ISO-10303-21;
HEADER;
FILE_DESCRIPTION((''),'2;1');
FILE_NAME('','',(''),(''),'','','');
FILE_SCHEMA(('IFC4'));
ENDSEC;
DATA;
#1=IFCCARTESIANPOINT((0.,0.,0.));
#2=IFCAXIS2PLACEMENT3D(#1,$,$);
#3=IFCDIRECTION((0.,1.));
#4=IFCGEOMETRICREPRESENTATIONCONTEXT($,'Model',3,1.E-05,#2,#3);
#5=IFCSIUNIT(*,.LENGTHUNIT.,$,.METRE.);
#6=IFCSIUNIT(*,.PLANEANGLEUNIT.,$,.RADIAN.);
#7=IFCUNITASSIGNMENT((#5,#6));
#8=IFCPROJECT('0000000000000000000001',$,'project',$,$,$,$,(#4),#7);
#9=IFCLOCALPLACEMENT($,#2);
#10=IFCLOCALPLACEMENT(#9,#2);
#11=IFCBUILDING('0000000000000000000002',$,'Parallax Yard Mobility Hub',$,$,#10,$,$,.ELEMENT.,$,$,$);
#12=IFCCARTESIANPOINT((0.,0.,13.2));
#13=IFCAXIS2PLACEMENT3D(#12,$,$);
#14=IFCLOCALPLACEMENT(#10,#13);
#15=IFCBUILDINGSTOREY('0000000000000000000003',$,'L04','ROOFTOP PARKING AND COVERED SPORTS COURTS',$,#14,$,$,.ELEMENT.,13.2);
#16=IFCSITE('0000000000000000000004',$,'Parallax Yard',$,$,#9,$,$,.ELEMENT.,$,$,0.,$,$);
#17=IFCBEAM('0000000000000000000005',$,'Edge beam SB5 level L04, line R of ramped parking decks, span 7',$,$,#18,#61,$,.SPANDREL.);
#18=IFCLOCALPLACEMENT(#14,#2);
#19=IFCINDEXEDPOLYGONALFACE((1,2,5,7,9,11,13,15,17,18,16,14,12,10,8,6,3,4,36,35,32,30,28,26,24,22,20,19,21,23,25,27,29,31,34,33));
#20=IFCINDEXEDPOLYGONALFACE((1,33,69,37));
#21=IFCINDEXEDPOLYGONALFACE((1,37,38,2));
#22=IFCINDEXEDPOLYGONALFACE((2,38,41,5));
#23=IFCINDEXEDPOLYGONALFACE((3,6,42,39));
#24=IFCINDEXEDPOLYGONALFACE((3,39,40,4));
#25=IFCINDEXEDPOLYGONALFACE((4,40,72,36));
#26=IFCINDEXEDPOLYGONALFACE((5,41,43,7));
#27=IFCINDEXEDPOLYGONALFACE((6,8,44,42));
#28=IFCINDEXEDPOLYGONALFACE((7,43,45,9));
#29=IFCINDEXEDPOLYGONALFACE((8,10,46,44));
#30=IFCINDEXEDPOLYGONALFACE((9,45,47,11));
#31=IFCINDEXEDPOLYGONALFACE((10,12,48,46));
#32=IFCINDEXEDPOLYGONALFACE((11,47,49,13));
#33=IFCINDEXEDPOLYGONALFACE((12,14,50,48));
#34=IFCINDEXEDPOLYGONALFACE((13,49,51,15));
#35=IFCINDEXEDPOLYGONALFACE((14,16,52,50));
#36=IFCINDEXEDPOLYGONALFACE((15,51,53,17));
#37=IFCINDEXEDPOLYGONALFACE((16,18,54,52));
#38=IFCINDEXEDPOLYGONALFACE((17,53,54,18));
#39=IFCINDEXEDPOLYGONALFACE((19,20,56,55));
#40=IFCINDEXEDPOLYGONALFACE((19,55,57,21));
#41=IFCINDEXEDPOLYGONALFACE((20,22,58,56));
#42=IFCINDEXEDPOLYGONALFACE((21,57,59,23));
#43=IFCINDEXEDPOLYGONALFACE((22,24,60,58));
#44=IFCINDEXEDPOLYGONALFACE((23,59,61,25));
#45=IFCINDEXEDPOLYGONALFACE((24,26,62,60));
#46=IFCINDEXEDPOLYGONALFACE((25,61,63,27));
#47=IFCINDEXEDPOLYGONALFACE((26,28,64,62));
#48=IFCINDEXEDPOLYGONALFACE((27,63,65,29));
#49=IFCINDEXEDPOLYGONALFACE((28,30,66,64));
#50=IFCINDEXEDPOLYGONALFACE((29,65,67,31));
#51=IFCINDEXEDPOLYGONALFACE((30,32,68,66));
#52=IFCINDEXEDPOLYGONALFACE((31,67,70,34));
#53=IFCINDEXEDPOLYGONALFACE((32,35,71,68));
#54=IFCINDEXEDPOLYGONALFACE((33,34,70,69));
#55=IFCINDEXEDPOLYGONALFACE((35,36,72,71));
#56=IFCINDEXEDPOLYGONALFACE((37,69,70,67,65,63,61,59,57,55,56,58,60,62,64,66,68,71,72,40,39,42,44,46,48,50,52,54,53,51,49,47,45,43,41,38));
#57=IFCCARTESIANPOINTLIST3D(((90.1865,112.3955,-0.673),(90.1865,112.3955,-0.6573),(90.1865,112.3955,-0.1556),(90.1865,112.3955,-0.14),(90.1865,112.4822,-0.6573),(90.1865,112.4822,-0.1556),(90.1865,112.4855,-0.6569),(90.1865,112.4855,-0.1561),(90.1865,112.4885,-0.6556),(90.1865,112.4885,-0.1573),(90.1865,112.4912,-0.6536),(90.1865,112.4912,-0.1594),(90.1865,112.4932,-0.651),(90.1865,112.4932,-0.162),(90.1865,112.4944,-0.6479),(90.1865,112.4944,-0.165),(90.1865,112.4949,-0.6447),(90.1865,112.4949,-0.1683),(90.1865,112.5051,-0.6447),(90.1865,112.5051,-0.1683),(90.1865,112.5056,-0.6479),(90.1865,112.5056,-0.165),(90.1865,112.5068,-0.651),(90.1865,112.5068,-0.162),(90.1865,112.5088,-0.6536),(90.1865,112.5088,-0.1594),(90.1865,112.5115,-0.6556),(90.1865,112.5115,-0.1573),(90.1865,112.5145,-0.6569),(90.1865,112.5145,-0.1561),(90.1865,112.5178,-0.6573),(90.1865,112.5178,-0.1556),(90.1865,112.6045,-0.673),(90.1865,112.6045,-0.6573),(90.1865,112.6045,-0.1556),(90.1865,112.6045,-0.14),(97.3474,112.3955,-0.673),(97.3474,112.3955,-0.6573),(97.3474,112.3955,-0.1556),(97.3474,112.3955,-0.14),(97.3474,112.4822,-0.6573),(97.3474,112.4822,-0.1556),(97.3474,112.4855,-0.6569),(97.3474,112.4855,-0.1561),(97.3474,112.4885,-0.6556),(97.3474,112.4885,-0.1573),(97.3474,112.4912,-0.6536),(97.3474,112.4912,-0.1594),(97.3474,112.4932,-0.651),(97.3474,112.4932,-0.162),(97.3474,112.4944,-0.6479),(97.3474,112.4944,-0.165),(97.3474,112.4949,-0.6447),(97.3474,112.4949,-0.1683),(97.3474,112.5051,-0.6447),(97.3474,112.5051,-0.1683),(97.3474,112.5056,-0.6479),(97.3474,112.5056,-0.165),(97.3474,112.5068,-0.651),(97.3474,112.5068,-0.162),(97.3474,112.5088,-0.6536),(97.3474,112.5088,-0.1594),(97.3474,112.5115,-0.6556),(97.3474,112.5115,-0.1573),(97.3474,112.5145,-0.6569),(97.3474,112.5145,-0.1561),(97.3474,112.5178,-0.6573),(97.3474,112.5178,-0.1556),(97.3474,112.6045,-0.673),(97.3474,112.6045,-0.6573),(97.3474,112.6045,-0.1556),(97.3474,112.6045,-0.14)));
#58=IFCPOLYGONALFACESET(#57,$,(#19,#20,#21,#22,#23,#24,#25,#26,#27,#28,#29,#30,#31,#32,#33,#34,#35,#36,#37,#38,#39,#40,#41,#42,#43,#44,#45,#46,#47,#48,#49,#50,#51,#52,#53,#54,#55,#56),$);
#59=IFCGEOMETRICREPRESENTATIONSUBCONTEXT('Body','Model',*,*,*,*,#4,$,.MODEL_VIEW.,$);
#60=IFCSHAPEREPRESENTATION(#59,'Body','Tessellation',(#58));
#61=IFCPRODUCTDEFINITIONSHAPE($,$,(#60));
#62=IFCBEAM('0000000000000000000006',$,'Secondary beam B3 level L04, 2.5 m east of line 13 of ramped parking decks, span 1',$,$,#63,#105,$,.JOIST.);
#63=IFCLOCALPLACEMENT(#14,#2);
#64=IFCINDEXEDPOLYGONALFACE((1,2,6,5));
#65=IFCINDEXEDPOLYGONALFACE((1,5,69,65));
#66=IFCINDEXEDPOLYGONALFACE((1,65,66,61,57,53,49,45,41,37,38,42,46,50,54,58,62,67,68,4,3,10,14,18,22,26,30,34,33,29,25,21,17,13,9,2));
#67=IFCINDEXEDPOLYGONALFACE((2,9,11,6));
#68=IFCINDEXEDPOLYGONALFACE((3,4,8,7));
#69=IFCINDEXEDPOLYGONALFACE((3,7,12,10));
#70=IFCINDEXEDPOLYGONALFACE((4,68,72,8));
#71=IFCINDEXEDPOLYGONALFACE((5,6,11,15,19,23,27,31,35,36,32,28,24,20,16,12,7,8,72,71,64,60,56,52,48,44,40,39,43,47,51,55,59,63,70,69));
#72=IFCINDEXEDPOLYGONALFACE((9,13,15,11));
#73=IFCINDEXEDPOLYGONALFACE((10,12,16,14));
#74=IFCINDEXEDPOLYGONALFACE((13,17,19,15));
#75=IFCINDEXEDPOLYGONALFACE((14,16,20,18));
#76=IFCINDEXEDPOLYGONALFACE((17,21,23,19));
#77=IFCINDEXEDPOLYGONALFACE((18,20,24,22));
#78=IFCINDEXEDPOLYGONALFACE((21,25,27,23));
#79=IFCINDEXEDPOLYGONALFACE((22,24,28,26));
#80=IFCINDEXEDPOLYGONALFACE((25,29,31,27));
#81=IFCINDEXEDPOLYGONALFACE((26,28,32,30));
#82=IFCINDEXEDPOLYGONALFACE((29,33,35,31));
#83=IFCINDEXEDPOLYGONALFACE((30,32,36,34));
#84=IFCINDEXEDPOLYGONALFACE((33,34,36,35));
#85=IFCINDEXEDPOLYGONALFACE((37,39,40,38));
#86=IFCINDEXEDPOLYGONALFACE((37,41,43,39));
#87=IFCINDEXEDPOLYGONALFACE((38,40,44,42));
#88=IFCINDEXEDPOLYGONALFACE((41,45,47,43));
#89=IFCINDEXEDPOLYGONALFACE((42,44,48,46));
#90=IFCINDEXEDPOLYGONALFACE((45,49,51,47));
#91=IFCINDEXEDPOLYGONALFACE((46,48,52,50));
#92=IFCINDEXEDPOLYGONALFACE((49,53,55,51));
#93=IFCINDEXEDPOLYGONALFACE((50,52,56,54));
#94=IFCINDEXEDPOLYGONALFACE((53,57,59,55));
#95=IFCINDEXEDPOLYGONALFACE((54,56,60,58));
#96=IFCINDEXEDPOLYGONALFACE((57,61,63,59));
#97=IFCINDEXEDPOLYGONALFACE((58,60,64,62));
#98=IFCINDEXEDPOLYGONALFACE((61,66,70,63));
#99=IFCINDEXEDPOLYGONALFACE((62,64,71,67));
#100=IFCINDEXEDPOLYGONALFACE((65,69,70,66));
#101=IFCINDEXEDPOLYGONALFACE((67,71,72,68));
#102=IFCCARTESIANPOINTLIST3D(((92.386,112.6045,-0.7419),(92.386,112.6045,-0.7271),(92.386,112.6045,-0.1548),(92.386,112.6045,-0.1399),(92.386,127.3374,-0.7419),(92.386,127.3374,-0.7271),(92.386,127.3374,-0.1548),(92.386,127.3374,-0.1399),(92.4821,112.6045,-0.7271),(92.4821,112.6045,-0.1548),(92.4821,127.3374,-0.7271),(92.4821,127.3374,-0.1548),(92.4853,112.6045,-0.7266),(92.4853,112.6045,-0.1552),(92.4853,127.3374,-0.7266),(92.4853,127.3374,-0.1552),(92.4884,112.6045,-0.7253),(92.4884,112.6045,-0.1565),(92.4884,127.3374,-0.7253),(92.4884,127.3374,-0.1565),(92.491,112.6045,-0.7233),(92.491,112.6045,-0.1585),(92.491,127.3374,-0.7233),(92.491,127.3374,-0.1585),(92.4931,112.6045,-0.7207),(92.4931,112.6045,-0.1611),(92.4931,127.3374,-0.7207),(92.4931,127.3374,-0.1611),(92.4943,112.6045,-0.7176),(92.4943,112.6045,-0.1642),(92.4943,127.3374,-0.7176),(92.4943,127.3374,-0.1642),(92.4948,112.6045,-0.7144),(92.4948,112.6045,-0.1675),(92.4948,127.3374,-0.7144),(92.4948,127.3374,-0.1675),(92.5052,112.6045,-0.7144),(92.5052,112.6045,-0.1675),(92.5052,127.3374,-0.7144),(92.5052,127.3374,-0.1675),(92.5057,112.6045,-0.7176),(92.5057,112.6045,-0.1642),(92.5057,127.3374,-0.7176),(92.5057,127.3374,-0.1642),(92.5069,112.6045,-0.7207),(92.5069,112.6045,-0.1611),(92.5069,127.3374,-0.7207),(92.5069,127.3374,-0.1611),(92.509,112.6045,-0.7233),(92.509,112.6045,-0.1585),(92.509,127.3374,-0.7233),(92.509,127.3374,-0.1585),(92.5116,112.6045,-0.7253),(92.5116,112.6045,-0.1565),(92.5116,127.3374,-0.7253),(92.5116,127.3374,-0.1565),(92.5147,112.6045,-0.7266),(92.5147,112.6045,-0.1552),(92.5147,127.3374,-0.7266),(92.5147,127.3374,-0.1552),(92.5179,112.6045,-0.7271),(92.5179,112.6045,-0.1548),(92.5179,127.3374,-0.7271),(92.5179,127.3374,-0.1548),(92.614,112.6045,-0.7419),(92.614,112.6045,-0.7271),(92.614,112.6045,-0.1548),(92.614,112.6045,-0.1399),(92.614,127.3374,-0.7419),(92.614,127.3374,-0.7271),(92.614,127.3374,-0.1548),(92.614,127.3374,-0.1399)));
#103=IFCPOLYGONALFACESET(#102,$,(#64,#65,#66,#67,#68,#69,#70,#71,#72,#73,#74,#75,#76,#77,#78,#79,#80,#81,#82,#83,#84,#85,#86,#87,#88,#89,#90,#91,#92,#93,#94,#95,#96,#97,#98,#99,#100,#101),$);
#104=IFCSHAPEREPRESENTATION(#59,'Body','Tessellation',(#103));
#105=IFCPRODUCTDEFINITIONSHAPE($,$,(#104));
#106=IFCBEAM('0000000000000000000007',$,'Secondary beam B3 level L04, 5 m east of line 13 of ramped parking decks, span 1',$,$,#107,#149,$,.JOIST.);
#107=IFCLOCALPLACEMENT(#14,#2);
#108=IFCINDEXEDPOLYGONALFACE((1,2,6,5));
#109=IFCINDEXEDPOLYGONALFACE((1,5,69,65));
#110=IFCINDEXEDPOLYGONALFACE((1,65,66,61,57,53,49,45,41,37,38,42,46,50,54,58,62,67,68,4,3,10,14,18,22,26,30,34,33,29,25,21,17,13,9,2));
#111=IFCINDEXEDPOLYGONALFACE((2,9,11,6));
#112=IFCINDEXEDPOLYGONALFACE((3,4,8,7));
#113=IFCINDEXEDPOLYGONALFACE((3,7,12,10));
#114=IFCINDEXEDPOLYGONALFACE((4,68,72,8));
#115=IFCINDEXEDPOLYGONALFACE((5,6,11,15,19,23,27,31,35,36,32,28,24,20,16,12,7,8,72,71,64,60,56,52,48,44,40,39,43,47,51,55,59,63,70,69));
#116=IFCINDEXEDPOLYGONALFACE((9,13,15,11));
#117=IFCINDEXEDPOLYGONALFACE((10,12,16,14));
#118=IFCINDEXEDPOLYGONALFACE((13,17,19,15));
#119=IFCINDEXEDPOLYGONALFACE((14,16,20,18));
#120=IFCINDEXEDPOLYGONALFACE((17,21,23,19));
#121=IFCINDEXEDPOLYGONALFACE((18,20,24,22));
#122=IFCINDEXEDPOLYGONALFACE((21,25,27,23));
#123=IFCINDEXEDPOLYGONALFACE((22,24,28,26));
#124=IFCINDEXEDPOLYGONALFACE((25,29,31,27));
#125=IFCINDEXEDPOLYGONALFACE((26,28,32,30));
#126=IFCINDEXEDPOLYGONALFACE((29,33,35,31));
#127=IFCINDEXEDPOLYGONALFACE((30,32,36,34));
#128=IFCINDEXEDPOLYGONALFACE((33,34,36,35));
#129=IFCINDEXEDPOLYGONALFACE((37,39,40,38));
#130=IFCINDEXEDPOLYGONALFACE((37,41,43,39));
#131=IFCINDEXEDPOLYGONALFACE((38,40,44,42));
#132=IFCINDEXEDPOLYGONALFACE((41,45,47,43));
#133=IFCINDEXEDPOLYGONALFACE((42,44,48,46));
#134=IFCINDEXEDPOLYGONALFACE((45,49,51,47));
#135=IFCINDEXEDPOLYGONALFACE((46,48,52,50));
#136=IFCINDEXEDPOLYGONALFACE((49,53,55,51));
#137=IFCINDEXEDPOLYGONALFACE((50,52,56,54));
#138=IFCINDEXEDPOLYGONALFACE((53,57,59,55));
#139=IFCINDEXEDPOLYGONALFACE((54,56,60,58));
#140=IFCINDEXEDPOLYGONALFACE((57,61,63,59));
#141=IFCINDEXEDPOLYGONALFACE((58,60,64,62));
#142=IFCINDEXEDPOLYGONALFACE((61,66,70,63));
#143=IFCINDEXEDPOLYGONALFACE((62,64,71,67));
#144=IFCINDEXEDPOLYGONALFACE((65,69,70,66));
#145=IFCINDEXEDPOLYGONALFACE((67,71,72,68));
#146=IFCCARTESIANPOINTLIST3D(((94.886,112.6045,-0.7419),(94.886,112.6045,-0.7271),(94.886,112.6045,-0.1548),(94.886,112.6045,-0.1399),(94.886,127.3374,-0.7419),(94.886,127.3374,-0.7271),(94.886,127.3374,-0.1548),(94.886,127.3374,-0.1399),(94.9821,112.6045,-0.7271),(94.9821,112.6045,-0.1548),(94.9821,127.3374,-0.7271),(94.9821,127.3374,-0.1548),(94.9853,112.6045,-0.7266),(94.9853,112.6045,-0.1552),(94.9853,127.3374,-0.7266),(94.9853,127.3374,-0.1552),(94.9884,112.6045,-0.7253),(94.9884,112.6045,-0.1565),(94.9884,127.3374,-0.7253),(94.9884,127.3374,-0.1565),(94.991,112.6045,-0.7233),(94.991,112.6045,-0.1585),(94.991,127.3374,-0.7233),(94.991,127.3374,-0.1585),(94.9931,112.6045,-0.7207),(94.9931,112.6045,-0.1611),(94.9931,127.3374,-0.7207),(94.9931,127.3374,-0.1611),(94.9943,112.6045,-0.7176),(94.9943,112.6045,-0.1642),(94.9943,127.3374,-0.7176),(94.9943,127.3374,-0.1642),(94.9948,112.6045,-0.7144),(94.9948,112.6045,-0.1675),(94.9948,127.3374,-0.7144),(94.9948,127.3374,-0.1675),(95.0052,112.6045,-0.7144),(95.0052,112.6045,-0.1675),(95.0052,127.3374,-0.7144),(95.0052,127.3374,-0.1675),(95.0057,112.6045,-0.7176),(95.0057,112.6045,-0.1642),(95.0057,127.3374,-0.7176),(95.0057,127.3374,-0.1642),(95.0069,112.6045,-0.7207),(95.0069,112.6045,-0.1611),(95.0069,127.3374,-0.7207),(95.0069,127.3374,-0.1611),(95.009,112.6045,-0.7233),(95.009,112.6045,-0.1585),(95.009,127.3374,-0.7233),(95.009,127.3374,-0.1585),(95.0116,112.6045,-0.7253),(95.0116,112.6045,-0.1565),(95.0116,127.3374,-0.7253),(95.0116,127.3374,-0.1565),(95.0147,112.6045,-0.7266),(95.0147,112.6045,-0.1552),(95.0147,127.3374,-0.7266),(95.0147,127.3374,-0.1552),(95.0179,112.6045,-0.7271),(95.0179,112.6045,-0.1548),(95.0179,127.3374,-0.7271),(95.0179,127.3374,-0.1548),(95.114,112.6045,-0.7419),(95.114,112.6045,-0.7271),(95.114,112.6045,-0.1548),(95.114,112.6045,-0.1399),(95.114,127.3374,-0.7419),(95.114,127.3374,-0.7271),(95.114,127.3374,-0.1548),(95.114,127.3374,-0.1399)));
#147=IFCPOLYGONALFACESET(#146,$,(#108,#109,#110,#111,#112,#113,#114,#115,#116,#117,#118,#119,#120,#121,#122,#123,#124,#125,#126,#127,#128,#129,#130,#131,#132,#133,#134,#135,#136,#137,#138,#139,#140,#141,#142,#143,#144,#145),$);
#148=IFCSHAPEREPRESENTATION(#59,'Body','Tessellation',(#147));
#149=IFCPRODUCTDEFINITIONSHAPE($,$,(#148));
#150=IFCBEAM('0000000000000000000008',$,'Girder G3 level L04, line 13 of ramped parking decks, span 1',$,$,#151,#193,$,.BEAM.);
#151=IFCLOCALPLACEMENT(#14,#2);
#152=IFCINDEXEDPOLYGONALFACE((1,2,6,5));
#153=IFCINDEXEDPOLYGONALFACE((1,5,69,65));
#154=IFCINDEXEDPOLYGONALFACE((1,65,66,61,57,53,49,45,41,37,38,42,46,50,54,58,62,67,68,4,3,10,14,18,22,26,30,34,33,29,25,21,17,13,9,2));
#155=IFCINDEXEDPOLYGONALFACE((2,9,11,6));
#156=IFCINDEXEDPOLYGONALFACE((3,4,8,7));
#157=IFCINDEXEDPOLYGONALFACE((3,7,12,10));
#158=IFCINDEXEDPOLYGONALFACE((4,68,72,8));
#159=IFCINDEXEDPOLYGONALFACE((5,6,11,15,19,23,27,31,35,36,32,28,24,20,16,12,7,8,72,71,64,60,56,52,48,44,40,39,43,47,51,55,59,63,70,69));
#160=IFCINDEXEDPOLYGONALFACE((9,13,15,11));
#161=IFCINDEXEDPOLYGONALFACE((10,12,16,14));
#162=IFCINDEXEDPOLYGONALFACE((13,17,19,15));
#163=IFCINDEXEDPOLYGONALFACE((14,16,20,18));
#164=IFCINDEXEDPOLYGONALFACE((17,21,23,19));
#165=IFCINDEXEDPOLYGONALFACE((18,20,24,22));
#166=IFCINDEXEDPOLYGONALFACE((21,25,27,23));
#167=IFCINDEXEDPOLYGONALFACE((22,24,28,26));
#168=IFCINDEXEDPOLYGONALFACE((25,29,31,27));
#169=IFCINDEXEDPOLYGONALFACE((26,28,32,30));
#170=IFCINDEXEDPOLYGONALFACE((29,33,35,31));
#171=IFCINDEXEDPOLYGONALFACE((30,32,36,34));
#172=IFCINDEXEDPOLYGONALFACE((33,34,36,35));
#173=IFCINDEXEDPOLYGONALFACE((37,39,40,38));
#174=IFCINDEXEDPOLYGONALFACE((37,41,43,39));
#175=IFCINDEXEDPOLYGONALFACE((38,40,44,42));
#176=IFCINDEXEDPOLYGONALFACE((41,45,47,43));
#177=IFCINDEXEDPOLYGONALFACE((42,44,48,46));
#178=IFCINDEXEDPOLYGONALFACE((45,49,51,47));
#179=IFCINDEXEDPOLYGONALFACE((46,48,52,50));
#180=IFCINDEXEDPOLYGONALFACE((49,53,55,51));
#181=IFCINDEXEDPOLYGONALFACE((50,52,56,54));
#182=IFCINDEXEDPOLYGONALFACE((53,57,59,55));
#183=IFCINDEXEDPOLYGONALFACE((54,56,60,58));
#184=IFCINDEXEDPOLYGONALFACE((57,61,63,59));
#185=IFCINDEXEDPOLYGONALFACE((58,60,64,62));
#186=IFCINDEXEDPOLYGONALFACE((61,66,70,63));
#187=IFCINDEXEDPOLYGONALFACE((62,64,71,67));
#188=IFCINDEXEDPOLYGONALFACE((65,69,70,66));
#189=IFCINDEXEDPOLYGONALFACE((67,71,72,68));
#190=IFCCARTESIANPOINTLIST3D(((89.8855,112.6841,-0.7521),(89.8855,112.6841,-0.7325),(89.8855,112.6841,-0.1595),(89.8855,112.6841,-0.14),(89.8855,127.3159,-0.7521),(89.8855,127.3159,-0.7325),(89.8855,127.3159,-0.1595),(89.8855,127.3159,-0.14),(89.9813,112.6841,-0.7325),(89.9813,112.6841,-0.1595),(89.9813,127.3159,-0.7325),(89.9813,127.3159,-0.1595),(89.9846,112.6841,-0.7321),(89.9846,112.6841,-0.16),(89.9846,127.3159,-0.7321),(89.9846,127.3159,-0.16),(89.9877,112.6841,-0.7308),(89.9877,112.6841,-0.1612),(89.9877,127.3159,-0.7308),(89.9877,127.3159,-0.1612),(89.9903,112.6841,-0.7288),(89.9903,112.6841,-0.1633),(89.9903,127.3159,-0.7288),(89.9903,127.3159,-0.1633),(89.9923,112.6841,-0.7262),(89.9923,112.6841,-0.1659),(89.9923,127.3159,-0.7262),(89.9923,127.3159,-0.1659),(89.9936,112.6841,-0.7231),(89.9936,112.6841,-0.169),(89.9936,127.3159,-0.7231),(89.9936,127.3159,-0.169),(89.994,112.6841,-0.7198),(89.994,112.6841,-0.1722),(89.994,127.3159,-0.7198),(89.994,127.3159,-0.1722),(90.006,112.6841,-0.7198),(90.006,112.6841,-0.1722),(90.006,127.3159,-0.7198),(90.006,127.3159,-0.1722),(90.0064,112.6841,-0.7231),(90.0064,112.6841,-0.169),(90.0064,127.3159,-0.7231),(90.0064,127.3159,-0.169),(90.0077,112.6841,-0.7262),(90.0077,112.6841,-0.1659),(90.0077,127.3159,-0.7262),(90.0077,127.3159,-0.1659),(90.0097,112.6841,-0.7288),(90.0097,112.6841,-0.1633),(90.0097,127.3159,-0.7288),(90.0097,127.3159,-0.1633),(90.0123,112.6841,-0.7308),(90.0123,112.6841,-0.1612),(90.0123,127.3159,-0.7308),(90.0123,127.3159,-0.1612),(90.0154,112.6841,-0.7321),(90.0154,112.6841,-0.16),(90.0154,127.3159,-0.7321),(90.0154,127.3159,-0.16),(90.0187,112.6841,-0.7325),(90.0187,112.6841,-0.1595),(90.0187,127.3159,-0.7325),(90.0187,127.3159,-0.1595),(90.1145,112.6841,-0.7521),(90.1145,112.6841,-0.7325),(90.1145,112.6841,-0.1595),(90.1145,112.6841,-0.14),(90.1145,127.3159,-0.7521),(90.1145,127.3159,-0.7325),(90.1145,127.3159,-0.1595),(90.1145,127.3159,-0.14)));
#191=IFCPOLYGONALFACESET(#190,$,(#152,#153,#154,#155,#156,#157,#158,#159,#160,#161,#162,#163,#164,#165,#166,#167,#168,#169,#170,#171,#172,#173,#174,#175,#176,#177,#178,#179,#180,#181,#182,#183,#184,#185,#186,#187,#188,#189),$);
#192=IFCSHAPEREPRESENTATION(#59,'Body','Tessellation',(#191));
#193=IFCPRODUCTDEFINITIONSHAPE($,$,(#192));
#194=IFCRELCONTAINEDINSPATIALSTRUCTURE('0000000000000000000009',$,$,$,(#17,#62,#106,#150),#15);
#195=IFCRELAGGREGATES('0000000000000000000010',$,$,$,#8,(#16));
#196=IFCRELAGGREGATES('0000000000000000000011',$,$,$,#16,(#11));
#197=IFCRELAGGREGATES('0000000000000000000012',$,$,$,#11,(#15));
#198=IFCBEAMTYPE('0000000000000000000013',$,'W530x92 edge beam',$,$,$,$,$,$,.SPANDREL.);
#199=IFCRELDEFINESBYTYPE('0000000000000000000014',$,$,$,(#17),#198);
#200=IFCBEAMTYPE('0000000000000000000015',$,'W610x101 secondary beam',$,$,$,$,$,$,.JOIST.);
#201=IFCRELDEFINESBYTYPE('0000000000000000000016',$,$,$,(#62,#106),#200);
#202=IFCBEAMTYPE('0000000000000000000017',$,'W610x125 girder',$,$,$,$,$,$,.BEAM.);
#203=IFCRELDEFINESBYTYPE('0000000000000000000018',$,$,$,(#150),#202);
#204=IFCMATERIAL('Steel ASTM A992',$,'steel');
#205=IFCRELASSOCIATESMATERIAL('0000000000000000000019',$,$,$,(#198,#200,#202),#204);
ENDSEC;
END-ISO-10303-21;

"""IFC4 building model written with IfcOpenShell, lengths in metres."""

from ifc_helpers import new_model, si_unit, direction, frame, origin, origin_2d, place, context, subcontext, project, spatial, i_section, extrude, material, material_profile, profile_set, type_object, element, save


model = new_model("IFC4")

# Units and contexts
model_context = context("Model", 3, precision=1e-05, world=origin(), true_north=direction((0.0, 1.0)))
body_context = subcontext(model_context, "Body", "Model", "MODEL_VIEW")
ifc_project = project(units=[si_unit("LENGTHUNIT", "METRE"), si_unit("PLANEANGLEUNIT", "RADIAN")], contexts=[model_context])

# Site, building, storey
site_placement = place(None, origin())
site = spatial("IfcSite", under=ifc_project, at=site_placement, Name="Parallax Yard", CompositionType="ELEMENT", RefElevation=0.0)
building_placement = place(site_placement, origin())
building = spatial("IfcBuilding", under=site, at=building_placement, Name="Parallax Yard Mobility Hub", CompositionType="ELEMENT")
storey_placement = place(building_placement, frame((0.0, 0.0, 13.2)))
storey = spatial("IfcBuildingStorey", under=building, at=storey_placement, Name="L04", Description="ROOFTOP PARKING AND COVERED SPORTS COURTS", CompositionType="ELEMENT", Elevation=13.2)

# Shared definitions
ifc_material_1 = material(Name="Steel ASTM A992", Category="steel")

# Beams
ifc_material_profile_1 = material_profile(ifc_material_1, i_section(OverallWidth=0.209, OverallDepth=0.533, WebThickness=0.0103, FlangeThickness=0.0156, FilletRadius=0.0127, at=origin_2d()), Name="W530x92")
ifc_profile_set_1 = profile_set([ifc_material_profile_1], Name="Steel ASTM A992")
beam_type_1 = type_object("IfcBeamType", Name="W530x92 edge beam", PredefinedType="SPANDREL", material=ifc_profile_set_1)
beam_1_placement = place(storey_placement, frame((90.1865, 112.5, -0.4065), z_axis=(1.0, 0.0, 0.0), x_axis=(0.0, 1.0, 0.0)))
element("IfcBeam", 1, at=beam_1_placement, inside=storey, type_object=beam_type_1, Name="Edge beam SB5 level L04, line R of ramped parking decks, span 7", PredefinedType="SPANDREL", context=body_context, shape_type="SweptSolid", body=[
    extrude(i_section(OverallWidth=0.209, OverallDepth=0.533, WebThickness=0.0103, FlangeThickness=0.0156, FilletRadius=0.0127, at=origin_2d()), origin(), (0.0, 0.0, 1.0), 7.1609),
])
ifc_material_profile_2 = material_profile(ifc_material_1, i_section(OverallWidth=0.228, OverallDepth=0.6021, WebThickness=0.0105, FlangeThickness=0.0149, FilletRadius=0.0127, at=origin_2d()), Name="W610x101")
ifc_profile_set_2 = profile_set([ifc_material_profile_2], Name="Steel ASTM A992")
beam_type_2 = type_object("IfcBeamType", Name="W610x101 secondary beam", PredefinedType="JOIST", material=ifc_profile_set_2)
for number, where, z_axis, x_axis, name in (
    (2, (92.5, 112.6045, -0.4409), (0.0, 1.0, 0.0), (-1.0, 0.0, 0.0), "Secondary beam B3 level L04, 2.5 m east of line 13 of ramped parking decks, span 1"),
    (3, (95.0, 112.6045, -0.4409), (0.0, 1.0, 0.0), (-1.0, 0.0, 0.0), "Secondary beam B3 level L04, 5 m east of line 13 of ramped parking decks, span 1"),
):
    element("IfcBeam", number, at=place(storey_placement, frame(where, z_axis=z_axis, x_axis=x_axis)), inside=storey, type_object=beam_type_2, Name=name, PredefinedType="JOIST", context=body_context, shape_type="SweptSolid", body=[
        extrude(i_section(OverallWidth=0.228, OverallDepth=0.6021, WebThickness=0.0105, FlangeThickness=0.0149, FilletRadius=0.0127, at=origin_2d()), origin(), (0.0, 0.0, 1.0), 14.7329),
    ])
ifc_material_profile_3 = material_profile(ifc_material_1, i_section(OverallWidth=0.229, OverallDepth=0.6121, WebThickness=0.012, FlangeThickness=0.0195, FilletRadius=0.0127, at=origin_2d()), Name="W610x125")
ifc_profile_set_3 = profile_set([ifc_material_profile_3], Name="Steel ASTM A992")
beam_type_3 = type_object("IfcBeamType", Name="W610x125 girder", PredefinedType="BEAM", material=ifc_profile_set_3)
beam_2_placement = place(storey_placement, frame((90.0, 112.6841, -0.446), z_axis=(0.0, 1.0, 0.0), x_axis=(-1.0, 0.0, 0.0)))
element("IfcBeam", 4, at=beam_2_placement, inside=storey, type_object=beam_type_3, Name="Girder G3 level L04, line 13 of ramped parking decks, span 1", PredefinedType="BEAM", context=body_context, shape_type="SweptSolid", body=[
    extrude(i_section(OverallWidth=0.229, OverallDepth=0.6121, WebThickness=0.012, FlangeThickness=0.0195, FilletRadius=0.0127, at=origin_2d()), origin(), (0.0, 0.0, 1.0), 14.6318),
])

save(model, "model.ifc")
